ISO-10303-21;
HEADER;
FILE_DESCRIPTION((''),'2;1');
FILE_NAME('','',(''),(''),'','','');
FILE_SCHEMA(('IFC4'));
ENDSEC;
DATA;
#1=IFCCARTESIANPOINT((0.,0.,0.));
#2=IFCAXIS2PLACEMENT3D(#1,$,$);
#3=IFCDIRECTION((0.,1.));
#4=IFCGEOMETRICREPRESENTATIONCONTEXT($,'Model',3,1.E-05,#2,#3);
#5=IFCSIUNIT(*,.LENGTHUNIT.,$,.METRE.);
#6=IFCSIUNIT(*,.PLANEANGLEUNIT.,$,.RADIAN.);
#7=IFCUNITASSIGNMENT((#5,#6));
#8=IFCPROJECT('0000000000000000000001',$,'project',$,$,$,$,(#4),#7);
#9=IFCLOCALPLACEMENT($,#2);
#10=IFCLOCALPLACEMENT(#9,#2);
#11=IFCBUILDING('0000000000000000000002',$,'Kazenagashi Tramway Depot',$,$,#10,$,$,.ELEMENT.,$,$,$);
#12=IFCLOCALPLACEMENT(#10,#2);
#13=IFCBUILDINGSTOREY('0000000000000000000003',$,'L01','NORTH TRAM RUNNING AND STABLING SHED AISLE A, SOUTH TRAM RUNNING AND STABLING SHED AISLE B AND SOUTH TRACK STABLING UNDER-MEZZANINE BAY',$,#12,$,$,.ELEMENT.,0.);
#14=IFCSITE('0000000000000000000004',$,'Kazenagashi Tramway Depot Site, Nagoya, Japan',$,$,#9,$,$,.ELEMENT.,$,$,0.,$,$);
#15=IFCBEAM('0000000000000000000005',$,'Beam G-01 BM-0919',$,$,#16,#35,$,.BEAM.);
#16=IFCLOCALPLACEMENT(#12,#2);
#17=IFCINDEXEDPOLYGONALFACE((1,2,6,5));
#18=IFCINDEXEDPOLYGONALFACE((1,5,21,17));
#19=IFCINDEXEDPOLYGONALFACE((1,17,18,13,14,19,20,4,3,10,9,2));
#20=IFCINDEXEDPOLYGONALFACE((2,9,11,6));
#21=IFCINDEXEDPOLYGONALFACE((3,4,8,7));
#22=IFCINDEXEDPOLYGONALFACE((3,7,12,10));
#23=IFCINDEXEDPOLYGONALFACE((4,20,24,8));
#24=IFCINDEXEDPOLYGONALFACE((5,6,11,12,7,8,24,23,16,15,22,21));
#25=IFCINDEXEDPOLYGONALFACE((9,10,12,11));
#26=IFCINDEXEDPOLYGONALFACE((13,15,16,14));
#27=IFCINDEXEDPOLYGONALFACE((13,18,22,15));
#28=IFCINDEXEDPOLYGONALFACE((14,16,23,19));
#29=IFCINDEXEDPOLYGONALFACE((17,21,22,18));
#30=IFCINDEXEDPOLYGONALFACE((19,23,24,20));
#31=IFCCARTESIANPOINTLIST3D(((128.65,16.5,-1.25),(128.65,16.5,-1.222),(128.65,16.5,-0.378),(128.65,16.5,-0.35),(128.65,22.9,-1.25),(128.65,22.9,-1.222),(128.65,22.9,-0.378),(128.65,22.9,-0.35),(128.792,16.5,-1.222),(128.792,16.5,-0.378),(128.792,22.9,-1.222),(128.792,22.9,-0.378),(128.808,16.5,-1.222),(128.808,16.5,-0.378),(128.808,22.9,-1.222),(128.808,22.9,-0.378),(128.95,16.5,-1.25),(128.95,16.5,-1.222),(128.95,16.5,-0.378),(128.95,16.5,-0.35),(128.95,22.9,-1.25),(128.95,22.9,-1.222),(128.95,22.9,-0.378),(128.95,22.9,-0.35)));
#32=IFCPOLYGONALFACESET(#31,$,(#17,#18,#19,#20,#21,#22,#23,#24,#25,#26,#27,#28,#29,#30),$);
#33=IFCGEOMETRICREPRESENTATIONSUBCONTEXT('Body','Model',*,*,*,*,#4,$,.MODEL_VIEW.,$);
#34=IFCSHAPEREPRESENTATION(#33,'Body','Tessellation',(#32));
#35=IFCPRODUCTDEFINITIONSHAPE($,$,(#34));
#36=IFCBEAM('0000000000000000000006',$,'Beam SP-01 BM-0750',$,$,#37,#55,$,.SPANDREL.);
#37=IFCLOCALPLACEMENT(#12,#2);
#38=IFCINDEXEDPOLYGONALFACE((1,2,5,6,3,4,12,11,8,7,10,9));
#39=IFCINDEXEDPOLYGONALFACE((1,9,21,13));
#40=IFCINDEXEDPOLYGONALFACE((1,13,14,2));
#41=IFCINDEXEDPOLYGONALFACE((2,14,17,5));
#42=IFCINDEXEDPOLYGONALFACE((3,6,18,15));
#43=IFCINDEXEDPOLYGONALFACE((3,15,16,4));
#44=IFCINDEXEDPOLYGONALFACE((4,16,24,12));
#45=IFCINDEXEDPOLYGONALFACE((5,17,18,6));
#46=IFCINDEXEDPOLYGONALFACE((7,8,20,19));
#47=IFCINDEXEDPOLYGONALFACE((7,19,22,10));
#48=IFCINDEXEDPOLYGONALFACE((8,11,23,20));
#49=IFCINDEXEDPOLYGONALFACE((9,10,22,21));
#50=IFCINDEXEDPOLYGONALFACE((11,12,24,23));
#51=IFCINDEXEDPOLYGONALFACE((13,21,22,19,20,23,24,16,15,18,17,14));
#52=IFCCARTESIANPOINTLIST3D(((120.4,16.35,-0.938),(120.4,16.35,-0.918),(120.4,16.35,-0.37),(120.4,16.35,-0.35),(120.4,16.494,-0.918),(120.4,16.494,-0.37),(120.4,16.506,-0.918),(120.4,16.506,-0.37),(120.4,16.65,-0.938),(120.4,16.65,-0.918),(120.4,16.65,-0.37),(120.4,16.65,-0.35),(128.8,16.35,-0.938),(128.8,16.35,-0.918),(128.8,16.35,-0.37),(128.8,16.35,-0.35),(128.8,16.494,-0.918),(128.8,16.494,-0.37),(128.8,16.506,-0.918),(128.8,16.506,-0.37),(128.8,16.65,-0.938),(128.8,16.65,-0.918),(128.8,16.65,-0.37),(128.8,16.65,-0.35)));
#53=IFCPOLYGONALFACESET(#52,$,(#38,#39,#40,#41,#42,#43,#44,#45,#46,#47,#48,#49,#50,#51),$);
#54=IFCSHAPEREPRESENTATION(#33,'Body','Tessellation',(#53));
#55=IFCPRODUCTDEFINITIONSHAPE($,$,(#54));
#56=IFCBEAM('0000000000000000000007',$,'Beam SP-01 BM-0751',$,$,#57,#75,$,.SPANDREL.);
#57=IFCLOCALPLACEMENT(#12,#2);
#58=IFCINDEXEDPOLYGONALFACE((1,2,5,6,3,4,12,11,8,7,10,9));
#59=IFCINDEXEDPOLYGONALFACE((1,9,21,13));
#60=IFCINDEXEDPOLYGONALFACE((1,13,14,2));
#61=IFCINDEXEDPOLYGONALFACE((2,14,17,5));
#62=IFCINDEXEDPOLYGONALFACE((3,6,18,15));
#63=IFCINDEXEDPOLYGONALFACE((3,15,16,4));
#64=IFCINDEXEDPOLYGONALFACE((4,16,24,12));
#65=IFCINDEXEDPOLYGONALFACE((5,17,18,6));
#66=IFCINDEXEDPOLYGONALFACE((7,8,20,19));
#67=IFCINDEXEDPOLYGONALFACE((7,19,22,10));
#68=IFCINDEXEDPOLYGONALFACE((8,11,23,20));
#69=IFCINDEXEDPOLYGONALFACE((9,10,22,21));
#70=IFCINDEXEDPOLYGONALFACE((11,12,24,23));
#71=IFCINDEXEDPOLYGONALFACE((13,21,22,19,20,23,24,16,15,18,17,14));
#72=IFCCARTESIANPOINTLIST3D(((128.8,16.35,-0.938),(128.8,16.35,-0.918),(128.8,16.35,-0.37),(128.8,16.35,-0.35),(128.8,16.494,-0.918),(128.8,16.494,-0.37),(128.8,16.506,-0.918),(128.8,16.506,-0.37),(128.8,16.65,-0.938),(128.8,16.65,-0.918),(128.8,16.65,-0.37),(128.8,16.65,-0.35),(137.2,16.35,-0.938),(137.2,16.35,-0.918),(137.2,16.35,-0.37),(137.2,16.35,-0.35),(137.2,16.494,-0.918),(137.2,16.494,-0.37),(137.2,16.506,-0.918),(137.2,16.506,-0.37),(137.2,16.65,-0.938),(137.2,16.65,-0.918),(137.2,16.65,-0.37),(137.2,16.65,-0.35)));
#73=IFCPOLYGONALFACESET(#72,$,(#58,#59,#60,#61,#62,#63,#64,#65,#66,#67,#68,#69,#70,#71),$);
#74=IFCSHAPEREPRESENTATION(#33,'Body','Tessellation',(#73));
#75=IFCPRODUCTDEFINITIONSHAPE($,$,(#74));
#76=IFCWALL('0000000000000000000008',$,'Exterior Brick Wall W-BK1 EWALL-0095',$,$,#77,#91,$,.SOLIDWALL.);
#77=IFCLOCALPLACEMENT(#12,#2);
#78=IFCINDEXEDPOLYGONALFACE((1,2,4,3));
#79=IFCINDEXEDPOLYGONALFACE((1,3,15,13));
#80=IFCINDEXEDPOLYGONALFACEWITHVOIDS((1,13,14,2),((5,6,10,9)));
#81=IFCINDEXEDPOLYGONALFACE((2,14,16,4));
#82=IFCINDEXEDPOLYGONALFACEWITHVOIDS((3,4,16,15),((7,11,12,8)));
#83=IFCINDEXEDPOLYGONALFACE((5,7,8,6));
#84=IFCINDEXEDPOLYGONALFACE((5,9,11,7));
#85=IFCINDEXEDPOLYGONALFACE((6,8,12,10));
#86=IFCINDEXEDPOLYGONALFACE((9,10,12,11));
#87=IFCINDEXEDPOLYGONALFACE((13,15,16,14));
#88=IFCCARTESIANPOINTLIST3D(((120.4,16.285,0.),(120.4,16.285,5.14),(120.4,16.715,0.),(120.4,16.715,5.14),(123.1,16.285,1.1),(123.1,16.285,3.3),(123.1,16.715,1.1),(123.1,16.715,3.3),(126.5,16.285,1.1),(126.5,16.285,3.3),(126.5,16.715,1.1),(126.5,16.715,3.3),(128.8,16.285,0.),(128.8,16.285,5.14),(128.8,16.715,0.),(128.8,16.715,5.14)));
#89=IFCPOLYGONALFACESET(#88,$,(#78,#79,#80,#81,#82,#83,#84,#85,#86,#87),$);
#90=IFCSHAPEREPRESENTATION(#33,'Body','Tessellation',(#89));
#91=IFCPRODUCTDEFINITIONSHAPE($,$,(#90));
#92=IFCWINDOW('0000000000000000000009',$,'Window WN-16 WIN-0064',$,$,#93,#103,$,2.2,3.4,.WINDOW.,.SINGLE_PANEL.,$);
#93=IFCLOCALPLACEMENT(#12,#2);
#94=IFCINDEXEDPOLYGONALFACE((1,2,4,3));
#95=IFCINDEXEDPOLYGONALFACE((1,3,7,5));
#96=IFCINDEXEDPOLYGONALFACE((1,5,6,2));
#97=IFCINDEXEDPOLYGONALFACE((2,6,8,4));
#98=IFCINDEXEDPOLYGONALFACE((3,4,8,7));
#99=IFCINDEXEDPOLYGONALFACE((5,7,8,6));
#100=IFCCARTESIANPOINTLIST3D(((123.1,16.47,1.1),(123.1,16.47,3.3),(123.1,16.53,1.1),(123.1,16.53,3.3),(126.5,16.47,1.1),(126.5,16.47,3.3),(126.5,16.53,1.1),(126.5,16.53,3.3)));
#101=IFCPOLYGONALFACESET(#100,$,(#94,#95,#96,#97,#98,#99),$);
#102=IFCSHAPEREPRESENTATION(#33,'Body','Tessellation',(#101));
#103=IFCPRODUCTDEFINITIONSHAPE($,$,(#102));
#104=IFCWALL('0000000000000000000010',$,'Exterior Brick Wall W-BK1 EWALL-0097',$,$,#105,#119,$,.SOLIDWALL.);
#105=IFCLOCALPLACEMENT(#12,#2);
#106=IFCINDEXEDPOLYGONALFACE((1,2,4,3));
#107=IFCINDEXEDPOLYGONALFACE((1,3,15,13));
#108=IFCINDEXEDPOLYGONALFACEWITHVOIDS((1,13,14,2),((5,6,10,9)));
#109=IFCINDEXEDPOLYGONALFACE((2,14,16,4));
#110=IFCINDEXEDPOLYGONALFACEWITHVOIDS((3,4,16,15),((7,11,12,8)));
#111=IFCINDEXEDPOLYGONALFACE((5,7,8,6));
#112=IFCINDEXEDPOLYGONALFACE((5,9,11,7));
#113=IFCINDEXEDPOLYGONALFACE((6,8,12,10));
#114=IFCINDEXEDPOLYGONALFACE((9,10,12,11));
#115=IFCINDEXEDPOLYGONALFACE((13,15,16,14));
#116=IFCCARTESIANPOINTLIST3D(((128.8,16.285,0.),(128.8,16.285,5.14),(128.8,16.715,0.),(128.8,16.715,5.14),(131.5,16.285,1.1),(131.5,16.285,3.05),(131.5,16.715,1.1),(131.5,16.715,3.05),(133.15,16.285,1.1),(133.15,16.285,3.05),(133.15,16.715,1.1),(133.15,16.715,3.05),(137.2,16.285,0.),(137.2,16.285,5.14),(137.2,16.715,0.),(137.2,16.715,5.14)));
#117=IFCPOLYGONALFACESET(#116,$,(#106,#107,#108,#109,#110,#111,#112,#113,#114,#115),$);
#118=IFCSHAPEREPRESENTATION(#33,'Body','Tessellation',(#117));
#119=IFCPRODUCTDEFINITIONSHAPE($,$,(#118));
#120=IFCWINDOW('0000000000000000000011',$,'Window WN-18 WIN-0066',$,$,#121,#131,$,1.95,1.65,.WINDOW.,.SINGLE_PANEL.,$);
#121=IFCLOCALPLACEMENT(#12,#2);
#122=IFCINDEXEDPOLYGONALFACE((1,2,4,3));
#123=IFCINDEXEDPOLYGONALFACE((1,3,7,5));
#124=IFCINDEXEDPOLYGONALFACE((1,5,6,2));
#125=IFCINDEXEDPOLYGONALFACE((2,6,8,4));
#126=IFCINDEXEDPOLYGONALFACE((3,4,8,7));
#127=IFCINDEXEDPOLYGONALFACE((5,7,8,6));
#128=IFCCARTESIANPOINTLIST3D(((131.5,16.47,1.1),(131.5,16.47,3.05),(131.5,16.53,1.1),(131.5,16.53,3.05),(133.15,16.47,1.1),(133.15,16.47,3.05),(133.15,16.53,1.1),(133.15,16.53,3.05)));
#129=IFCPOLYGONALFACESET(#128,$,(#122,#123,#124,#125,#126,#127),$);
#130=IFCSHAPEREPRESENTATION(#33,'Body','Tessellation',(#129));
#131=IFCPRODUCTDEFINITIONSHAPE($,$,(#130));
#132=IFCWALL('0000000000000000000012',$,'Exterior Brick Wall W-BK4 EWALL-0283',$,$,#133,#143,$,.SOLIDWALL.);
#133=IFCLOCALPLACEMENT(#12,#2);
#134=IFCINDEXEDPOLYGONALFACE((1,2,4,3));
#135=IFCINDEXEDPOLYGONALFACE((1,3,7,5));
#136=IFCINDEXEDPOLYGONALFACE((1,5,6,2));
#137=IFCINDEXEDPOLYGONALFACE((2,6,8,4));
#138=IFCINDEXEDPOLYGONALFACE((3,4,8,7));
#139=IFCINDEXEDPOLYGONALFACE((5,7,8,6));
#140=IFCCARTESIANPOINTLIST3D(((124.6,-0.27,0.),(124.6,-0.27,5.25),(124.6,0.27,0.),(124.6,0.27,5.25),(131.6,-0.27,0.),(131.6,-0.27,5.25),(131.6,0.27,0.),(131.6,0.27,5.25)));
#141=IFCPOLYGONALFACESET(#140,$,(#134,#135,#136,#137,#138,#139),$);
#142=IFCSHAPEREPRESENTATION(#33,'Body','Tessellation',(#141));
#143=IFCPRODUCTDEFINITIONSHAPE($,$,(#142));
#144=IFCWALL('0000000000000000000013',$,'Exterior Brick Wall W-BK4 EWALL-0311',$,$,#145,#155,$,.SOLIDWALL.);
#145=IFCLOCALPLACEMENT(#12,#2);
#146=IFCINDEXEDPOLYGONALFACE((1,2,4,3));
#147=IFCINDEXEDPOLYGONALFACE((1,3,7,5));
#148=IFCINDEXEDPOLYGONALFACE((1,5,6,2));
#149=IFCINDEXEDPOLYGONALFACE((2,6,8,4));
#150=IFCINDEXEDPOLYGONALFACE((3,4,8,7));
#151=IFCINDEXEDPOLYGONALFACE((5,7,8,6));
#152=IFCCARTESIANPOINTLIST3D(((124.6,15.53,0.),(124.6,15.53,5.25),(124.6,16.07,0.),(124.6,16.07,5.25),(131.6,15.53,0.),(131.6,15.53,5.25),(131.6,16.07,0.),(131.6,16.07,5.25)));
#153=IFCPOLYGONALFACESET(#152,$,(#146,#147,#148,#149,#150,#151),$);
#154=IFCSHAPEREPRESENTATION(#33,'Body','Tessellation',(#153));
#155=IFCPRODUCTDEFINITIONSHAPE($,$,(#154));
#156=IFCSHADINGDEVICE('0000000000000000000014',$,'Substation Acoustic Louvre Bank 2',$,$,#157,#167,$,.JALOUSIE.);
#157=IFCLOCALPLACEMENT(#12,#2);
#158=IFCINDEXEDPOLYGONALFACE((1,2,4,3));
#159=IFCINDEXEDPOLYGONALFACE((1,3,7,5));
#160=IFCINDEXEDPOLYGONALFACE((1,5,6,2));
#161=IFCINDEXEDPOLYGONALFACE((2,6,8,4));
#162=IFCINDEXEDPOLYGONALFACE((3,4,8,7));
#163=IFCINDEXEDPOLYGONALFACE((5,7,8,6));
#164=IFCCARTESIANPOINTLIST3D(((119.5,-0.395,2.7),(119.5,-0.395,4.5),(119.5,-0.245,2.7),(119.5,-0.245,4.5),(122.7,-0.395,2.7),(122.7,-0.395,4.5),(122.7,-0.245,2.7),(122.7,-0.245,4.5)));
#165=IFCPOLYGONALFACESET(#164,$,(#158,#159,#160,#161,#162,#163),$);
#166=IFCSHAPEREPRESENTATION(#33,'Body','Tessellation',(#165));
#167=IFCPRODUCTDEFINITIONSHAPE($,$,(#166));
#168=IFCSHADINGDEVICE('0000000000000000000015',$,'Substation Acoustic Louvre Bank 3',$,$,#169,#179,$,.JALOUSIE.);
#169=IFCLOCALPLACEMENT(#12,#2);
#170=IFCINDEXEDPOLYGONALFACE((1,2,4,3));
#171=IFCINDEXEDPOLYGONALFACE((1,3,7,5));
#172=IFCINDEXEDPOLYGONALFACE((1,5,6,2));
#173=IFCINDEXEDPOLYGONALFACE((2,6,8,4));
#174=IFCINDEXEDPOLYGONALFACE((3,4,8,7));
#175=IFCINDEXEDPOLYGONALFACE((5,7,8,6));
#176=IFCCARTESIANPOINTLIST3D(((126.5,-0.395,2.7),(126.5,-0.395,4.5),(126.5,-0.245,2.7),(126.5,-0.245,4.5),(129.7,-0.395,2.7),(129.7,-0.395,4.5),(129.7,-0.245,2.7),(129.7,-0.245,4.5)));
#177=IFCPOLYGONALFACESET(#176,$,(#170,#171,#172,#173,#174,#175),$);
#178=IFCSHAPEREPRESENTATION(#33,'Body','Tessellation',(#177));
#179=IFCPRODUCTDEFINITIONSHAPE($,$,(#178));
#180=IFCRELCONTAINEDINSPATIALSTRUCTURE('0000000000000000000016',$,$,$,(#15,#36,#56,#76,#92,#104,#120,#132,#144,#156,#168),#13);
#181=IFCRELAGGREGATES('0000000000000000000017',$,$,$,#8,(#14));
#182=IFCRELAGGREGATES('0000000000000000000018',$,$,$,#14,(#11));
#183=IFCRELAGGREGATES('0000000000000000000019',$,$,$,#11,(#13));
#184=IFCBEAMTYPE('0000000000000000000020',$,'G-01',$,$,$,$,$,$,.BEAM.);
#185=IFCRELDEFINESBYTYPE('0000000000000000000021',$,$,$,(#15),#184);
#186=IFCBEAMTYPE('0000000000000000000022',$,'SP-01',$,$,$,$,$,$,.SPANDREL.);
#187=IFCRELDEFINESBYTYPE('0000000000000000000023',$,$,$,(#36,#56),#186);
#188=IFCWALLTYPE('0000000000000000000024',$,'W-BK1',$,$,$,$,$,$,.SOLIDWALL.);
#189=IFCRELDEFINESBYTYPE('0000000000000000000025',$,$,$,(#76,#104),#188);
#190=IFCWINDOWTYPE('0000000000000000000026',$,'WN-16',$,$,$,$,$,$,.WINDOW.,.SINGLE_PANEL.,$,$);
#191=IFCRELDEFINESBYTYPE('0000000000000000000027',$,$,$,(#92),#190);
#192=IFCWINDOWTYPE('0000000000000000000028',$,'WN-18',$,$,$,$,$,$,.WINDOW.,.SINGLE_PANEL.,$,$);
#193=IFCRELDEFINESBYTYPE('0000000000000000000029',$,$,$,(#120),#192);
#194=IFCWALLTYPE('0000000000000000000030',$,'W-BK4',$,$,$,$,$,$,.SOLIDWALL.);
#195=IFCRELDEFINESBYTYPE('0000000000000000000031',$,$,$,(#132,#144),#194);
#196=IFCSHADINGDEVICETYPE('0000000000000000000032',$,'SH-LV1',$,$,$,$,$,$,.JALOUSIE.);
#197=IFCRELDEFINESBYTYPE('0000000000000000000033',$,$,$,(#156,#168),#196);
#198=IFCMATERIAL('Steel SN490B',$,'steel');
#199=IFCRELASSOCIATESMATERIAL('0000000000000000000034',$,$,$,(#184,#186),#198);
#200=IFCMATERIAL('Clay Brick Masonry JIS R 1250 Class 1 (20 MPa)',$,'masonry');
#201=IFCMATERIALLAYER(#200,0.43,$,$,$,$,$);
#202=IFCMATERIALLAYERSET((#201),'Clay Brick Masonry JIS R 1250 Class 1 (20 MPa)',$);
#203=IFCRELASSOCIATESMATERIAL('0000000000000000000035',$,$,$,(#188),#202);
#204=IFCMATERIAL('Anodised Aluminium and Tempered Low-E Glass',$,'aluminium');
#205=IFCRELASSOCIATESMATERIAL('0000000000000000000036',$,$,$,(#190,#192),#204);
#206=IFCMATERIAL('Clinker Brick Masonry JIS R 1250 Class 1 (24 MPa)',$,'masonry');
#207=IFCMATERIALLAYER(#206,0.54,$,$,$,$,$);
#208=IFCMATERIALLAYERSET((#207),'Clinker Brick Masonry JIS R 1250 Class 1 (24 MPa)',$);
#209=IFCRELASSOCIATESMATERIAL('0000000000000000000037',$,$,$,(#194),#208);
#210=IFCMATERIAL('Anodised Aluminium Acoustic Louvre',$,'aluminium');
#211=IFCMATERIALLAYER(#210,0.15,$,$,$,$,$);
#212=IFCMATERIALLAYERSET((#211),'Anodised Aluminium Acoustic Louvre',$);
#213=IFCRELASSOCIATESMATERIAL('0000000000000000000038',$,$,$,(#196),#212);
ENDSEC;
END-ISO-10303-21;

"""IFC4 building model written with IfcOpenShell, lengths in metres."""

from ifc_helpers import new_model, si_unit, direction, frame, frame_2d, origin, origin_2d, place, context, subcontext, project, spatial, rectangle, i_section, extrude, material, layer, layer_set, material_profile, profile_set, type_object, element, fill, save


model = new_model("IFC4")

# Units and contexts
model_context = context("Model", 3, precision=1e-05, world=origin(), true_north=direction((0.0, 1.0)))
body_context = subcontext(model_context, "Body", "Model", "MODEL_VIEW")
ifc_project = project(units=[si_unit("LENGTHUNIT", "METRE"), si_unit("PLANEANGLEUNIT", "RADIAN")], contexts=[model_context])

# Site, building, storey
site_placement = place(None, origin())
site = spatial("IfcSite", under=ifc_project, at=site_placement, Name="Kazenagashi Tramway Depot Site, Nagoya, Japan", CompositionType="ELEMENT", RefElevation=0.0)
building_placement = place(site_placement, origin())
building = spatial("IfcBuilding", under=site, at=building_placement, Name="Kazenagashi Tramway Depot", CompositionType="ELEMENT")
storey_placement = place(building_placement, origin())
storey = spatial("IfcBuildingStorey", under=building, at=storey_placement, Name="L01", Description="NORTH TRAM RUNNING AND STABLING SHED AISLE A, SOUTH TRAM RUNNING AND STABLING SHED AISLE B AND SOUTH TRACK STABLING UNDER-MEZZANINE BAY", CompositionType="ELEMENT", Elevation=0.0)

# Shared definitions
ifc_material_1 = material(Name="Steel SN490B", Category="steel")

# Beams
ifc_material_profile_1 = material_profile(ifc_material_1, i_section(OverallWidth=0.3, OverallDepth=0.9, WebThickness=0.016, FlangeThickness=0.028, at=origin_2d()), Name="H-900x300x16x28")
ifc_profile_set_1 = profile_set([ifc_material_profile_1], Name="Steel SN490B")
beam_type_1 = type_object("IfcBeamType", Name="G-01", PredefinedType="BEAM", material=ifc_profile_set_1)
for number, where, z_axis, x_axis, name in (
    (1, (128.8, 16.5, -0.8), (0.0, 1.0, 0.0), (-1.0, 0.0, 0.0), "Beam G-01 BM-0919"),
):
    element("IfcBeam", number, at=place(storey_placement, frame(where, z_axis=z_axis, x_axis=x_axis)), inside=storey, type_object=beam_type_1, Name=name, PredefinedType="BEAM", context=body_context, shape_type="SweptSolid", body=[
        extrude(i_section(OverallWidth=0.3, OverallDepth=0.9, WebThickness=0.016, FlangeThickness=0.028, at=origin_2d()), origin(), (0.0, 0.0, 1.0), 6.4),
    ])
ifc_material_profile_2 = material_profile(ifc_material_1, i_section(OverallWidth=0.3, OverallDepth=0.588, WebThickness=0.012, FlangeThickness=0.02, at=origin_2d()), Name="H-588x300x12x20")
ifc_profile_set_2 = profile_set([ifc_material_profile_2], Name="Steel SN490B")
beam_type_2 = type_object("IfcBeamType", Name="SP-01", PredefinedType="SPANDREL", material=ifc_profile_set_2)
for number, where, z_axis, x_axis, name in (
    (2, (120.4, 16.5, -0.644), (1.0, 0.0, 0.0), (0.0, 1.0, 0.0), "Beam SP-01 BM-0750"),
    (3, (128.8, 16.5, -0.644), (1.0, 0.0, 0.0), (0.0, 1.0, 0.0), "Beam SP-01 BM-0751"),
):
    element("IfcBeam", number, at=place(storey_placement, frame(where, z_axis=z_axis, x_axis=x_axis)), inside=storey, type_object=beam_type_2, Name=name, PredefinedType="SPANDREL", context=body_context, shape_type="SweptSolid", body=[
        extrude(i_section(OverallWidth=0.3, OverallDepth=0.588, WebThickness=0.012, FlangeThickness=0.02, at=origin_2d()), origin(), (0.0, 0.0, 1.0), 8.4),
    ])

# Walls, openings, windows
ifc_material_2 = material(Name="Clay Brick Masonry JIS R 1250 Class 1 (20 MPa)", Category="masonry")
ifc_layer_1 = layer(ifc_material_2, 0.43)
ifc_layer_set_1 = layer_set([ifc_layer_1], Name="Clay Brick Masonry JIS R 1250 Class 1 (20 MPa)")
wall_type_1 = type_object("IfcWallType", Name="W-BK1", PredefinedType="SOLIDWALL", material=ifc_layer_set_1)
wall_1_placement = place(storey_placement, frame((120.4, 16.5, 0.0), z_axis=(0.0, 0.0, 1.0), x_axis=(1.0, 0.0, 0.0)))
wall_1 = element("IfcWall", 4, at=wall_1_placement, inside=storey, type_object=wall_type_1, Name="Exterior Brick Wall W-BK1 EWALL-0095", PredefinedType="SOLIDWALL", context=body_context, shape_type="SweptSolid", body=[
    extrude(rectangle(XDim=8.4, YDim=0.43, at=frame_2d((4.2, 0.0))), origin(), (0.0, 0.0, 1.0), 5.14),
])
opening_1_placement = place(wall_1_placement, frame((2.7, 0.0, 1.1)))
opening_1 = element("IfcOpeningElement", 5, at=opening_1_placement, cuts=wall_1, PredefinedType="OPENING", context=body_context, shape_type="SweptSolid", body=[
    extrude(rectangle(XDim=3.4, YDim=2.2, at=frame_2d((1.7, 1.1))), frame((0.0, 0.225, 0.0), z_axis=(0.0, -1.0, 0.0), x_axis=(1.0, 0.0, 0.0)), (0.0, 0.0, 1.0), 0.45),
])
ifc_material_3 = material(Name="Anodised Aluminium and Tempered Low-E Glass", Category="aluminium")
window_type_1 = type_object("IfcWindowType", Name="WN-16", PartitioningType="SINGLE_PANEL", PredefinedType="WINDOW", material=ifc_material_3)
window_1_placement = place(opening_1_placement, origin())
window_1 = element("IfcWindow", 6, at=window_1_placement, inside=storey, type_object=window_type_1, Name="Window WN-16 WIN-0064", OverallHeight=2.2, OverallWidth=3.4, PartitioningType="SINGLE_PANEL", PredefinedType="WINDOW", context=body_context, shape_type="SweptSolid", body=[
    extrude(rectangle(XDim=3.4, YDim=2.2, at=frame_2d((1.7, 1.1))), frame((0.0, 0.03, 0.0), z_axis=(0.0, -1.0, 0.0), x_axis=(1.0, 0.0, 0.0)), (0.0, 0.0, 1.0), 0.06),
])
fill(opening_1, window_1)
wall_2_placement = place(storey_placement, frame((128.8, 16.5, 0.0), z_axis=(0.0, 0.0, 1.0), x_axis=(1.0, 0.0, 0.0)))
wall_2 = element("IfcWall", 7, at=wall_2_placement, inside=storey, type_object=wall_type_1, Name="Exterior Brick Wall W-BK1 EWALL-0097", PredefinedType="SOLIDWALL", context=body_context, shape_type="SweptSolid", body=[
    extrude(rectangle(XDim=8.4, YDim=0.43, at=frame_2d((4.2, 0.0))), origin(), (0.0, 0.0, 1.0), 5.14),
])
opening_2_placement = place(wall_2_placement, frame((2.7, 0.0, 1.1)))
opening_2 = element("IfcOpeningElement", 8, at=opening_2_placement, cuts=wall_2, PredefinedType="OPENING", context=body_context, shape_type="SweptSolid", body=[
    extrude(rectangle(XDim=1.65, YDim=1.95, at=frame_2d((0.825, 0.975))), frame((0.0, 0.225, 0.0), z_axis=(0.0, -1.0, 0.0), x_axis=(1.0, 0.0, 0.0)), (0.0, 0.0, 1.0), 0.45),
])
window_type_2 = type_object("IfcWindowType", Name="WN-18", PartitioningType="SINGLE_PANEL", PredefinedType="WINDOW", material=ifc_material_3)
window_2_placement = place(opening_2_placement, origin())
window_2 = element("IfcWindow", 9, at=window_2_placement, inside=storey, type_object=window_type_2, Name="Window WN-18 WIN-0066", OverallHeight=1.95, OverallWidth=1.65, PartitioningType="SINGLE_PANEL", PredefinedType="WINDOW", context=body_context, shape_type="SweptSolid", body=[
    extrude(rectangle(XDim=1.65, YDim=1.95, at=frame_2d((0.825, 0.975))), frame((0.0, 0.03, 0.0), z_axis=(0.0, -1.0, 0.0), x_axis=(1.0, 0.0, 0.0)), (0.0, 0.0, 1.0), 0.06),
])
fill(opening_2, window_2)

# Walls
ifc_material_4 = material(Name="Clinker Brick Masonry JIS R 1250 Class 1 (24 MPa)", Category="masonry")
ifc_layer_2 = layer(ifc_material_4, 0.54)
ifc_layer_set_2 = layer_set([ifc_layer_2], Name="Clinker Brick Masonry JIS R 1250 Class 1 (24 MPa)")
wall_type_2 = type_object("IfcWallType", Name="W-BK4", PredefinedType="SOLIDWALL", material=ifc_layer_set_2)
for number, where, z_axis, x_axis, name in (
    (10, (124.6, 0.0, 0.0), (0.0, 0.0, 1.0), (1.0, 0.0, 0.0), "Exterior Brick Wall W-BK4 EWALL-0283"),
    (11, (124.6, 15.8, 0.0), (0.0, 0.0, 1.0), (1.0, 0.0, 0.0), "Exterior Brick Wall W-BK4 EWALL-0311"),
):
    element("IfcWall", number, at=place(storey_placement, frame(where, z_axis=z_axis, x_axis=x_axis)), inside=storey, type_object=wall_type_2, Name=name, PredefinedType="SOLIDWALL", context=body_context, shape_type="SweptSolid", body=[
        extrude(rectangle(XDim=7.0, YDim=0.54, at=frame_2d((3.5, 0.0))), origin(), (0.0, 0.0, 1.0), 5.25),
    ])

# Shading devices
ifc_material_5 = material(Name="Anodised Aluminium Acoustic Louvre", Category="aluminium")
ifc_layer_3 = layer(ifc_material_5, 0.15)
ifc_layer_set_3 = layer_set([ifc_layer_3], Name="Anodised Aluminium Acoustic Louvre")
shading_device_type = type_object("IfcShadingDeviceType", Name="SH-LV1", PredefinedType="JALOUSIE", material=ifc_layer_set_3)
for number, where, z_axis, x_axis, name in (
    (12, (121.1, -0.32, 2.7), (0.0, 0.0, 1.0), (1.0, 0.0, 0.0), "Substation Acoustic Louvre Bank 2"),
    (13, (128.1, -0.32, 2.7), (0.0, 0.0, 1.0), (1.0, 0.0, 0.0), "Substation Acoustic Louvre Bank 3"),
):
    element("IfcShadingDevice", number, at=place(storey_placement, frame(where, z_axis=z_axis, x_axis=x_axis)), inside=storey, type_object=shading_device_type, Name=name, PredefinedType="JALOUSIE", context=body_context, shape_type="SweptSolid", body=[
        extrude(rectangle(XDim=3.2, YDim=0.15, at=origin_2d()), origin(), (0.0, 0.0, 1.0), 1.8),
    ])

save(model, "model.ifc")
